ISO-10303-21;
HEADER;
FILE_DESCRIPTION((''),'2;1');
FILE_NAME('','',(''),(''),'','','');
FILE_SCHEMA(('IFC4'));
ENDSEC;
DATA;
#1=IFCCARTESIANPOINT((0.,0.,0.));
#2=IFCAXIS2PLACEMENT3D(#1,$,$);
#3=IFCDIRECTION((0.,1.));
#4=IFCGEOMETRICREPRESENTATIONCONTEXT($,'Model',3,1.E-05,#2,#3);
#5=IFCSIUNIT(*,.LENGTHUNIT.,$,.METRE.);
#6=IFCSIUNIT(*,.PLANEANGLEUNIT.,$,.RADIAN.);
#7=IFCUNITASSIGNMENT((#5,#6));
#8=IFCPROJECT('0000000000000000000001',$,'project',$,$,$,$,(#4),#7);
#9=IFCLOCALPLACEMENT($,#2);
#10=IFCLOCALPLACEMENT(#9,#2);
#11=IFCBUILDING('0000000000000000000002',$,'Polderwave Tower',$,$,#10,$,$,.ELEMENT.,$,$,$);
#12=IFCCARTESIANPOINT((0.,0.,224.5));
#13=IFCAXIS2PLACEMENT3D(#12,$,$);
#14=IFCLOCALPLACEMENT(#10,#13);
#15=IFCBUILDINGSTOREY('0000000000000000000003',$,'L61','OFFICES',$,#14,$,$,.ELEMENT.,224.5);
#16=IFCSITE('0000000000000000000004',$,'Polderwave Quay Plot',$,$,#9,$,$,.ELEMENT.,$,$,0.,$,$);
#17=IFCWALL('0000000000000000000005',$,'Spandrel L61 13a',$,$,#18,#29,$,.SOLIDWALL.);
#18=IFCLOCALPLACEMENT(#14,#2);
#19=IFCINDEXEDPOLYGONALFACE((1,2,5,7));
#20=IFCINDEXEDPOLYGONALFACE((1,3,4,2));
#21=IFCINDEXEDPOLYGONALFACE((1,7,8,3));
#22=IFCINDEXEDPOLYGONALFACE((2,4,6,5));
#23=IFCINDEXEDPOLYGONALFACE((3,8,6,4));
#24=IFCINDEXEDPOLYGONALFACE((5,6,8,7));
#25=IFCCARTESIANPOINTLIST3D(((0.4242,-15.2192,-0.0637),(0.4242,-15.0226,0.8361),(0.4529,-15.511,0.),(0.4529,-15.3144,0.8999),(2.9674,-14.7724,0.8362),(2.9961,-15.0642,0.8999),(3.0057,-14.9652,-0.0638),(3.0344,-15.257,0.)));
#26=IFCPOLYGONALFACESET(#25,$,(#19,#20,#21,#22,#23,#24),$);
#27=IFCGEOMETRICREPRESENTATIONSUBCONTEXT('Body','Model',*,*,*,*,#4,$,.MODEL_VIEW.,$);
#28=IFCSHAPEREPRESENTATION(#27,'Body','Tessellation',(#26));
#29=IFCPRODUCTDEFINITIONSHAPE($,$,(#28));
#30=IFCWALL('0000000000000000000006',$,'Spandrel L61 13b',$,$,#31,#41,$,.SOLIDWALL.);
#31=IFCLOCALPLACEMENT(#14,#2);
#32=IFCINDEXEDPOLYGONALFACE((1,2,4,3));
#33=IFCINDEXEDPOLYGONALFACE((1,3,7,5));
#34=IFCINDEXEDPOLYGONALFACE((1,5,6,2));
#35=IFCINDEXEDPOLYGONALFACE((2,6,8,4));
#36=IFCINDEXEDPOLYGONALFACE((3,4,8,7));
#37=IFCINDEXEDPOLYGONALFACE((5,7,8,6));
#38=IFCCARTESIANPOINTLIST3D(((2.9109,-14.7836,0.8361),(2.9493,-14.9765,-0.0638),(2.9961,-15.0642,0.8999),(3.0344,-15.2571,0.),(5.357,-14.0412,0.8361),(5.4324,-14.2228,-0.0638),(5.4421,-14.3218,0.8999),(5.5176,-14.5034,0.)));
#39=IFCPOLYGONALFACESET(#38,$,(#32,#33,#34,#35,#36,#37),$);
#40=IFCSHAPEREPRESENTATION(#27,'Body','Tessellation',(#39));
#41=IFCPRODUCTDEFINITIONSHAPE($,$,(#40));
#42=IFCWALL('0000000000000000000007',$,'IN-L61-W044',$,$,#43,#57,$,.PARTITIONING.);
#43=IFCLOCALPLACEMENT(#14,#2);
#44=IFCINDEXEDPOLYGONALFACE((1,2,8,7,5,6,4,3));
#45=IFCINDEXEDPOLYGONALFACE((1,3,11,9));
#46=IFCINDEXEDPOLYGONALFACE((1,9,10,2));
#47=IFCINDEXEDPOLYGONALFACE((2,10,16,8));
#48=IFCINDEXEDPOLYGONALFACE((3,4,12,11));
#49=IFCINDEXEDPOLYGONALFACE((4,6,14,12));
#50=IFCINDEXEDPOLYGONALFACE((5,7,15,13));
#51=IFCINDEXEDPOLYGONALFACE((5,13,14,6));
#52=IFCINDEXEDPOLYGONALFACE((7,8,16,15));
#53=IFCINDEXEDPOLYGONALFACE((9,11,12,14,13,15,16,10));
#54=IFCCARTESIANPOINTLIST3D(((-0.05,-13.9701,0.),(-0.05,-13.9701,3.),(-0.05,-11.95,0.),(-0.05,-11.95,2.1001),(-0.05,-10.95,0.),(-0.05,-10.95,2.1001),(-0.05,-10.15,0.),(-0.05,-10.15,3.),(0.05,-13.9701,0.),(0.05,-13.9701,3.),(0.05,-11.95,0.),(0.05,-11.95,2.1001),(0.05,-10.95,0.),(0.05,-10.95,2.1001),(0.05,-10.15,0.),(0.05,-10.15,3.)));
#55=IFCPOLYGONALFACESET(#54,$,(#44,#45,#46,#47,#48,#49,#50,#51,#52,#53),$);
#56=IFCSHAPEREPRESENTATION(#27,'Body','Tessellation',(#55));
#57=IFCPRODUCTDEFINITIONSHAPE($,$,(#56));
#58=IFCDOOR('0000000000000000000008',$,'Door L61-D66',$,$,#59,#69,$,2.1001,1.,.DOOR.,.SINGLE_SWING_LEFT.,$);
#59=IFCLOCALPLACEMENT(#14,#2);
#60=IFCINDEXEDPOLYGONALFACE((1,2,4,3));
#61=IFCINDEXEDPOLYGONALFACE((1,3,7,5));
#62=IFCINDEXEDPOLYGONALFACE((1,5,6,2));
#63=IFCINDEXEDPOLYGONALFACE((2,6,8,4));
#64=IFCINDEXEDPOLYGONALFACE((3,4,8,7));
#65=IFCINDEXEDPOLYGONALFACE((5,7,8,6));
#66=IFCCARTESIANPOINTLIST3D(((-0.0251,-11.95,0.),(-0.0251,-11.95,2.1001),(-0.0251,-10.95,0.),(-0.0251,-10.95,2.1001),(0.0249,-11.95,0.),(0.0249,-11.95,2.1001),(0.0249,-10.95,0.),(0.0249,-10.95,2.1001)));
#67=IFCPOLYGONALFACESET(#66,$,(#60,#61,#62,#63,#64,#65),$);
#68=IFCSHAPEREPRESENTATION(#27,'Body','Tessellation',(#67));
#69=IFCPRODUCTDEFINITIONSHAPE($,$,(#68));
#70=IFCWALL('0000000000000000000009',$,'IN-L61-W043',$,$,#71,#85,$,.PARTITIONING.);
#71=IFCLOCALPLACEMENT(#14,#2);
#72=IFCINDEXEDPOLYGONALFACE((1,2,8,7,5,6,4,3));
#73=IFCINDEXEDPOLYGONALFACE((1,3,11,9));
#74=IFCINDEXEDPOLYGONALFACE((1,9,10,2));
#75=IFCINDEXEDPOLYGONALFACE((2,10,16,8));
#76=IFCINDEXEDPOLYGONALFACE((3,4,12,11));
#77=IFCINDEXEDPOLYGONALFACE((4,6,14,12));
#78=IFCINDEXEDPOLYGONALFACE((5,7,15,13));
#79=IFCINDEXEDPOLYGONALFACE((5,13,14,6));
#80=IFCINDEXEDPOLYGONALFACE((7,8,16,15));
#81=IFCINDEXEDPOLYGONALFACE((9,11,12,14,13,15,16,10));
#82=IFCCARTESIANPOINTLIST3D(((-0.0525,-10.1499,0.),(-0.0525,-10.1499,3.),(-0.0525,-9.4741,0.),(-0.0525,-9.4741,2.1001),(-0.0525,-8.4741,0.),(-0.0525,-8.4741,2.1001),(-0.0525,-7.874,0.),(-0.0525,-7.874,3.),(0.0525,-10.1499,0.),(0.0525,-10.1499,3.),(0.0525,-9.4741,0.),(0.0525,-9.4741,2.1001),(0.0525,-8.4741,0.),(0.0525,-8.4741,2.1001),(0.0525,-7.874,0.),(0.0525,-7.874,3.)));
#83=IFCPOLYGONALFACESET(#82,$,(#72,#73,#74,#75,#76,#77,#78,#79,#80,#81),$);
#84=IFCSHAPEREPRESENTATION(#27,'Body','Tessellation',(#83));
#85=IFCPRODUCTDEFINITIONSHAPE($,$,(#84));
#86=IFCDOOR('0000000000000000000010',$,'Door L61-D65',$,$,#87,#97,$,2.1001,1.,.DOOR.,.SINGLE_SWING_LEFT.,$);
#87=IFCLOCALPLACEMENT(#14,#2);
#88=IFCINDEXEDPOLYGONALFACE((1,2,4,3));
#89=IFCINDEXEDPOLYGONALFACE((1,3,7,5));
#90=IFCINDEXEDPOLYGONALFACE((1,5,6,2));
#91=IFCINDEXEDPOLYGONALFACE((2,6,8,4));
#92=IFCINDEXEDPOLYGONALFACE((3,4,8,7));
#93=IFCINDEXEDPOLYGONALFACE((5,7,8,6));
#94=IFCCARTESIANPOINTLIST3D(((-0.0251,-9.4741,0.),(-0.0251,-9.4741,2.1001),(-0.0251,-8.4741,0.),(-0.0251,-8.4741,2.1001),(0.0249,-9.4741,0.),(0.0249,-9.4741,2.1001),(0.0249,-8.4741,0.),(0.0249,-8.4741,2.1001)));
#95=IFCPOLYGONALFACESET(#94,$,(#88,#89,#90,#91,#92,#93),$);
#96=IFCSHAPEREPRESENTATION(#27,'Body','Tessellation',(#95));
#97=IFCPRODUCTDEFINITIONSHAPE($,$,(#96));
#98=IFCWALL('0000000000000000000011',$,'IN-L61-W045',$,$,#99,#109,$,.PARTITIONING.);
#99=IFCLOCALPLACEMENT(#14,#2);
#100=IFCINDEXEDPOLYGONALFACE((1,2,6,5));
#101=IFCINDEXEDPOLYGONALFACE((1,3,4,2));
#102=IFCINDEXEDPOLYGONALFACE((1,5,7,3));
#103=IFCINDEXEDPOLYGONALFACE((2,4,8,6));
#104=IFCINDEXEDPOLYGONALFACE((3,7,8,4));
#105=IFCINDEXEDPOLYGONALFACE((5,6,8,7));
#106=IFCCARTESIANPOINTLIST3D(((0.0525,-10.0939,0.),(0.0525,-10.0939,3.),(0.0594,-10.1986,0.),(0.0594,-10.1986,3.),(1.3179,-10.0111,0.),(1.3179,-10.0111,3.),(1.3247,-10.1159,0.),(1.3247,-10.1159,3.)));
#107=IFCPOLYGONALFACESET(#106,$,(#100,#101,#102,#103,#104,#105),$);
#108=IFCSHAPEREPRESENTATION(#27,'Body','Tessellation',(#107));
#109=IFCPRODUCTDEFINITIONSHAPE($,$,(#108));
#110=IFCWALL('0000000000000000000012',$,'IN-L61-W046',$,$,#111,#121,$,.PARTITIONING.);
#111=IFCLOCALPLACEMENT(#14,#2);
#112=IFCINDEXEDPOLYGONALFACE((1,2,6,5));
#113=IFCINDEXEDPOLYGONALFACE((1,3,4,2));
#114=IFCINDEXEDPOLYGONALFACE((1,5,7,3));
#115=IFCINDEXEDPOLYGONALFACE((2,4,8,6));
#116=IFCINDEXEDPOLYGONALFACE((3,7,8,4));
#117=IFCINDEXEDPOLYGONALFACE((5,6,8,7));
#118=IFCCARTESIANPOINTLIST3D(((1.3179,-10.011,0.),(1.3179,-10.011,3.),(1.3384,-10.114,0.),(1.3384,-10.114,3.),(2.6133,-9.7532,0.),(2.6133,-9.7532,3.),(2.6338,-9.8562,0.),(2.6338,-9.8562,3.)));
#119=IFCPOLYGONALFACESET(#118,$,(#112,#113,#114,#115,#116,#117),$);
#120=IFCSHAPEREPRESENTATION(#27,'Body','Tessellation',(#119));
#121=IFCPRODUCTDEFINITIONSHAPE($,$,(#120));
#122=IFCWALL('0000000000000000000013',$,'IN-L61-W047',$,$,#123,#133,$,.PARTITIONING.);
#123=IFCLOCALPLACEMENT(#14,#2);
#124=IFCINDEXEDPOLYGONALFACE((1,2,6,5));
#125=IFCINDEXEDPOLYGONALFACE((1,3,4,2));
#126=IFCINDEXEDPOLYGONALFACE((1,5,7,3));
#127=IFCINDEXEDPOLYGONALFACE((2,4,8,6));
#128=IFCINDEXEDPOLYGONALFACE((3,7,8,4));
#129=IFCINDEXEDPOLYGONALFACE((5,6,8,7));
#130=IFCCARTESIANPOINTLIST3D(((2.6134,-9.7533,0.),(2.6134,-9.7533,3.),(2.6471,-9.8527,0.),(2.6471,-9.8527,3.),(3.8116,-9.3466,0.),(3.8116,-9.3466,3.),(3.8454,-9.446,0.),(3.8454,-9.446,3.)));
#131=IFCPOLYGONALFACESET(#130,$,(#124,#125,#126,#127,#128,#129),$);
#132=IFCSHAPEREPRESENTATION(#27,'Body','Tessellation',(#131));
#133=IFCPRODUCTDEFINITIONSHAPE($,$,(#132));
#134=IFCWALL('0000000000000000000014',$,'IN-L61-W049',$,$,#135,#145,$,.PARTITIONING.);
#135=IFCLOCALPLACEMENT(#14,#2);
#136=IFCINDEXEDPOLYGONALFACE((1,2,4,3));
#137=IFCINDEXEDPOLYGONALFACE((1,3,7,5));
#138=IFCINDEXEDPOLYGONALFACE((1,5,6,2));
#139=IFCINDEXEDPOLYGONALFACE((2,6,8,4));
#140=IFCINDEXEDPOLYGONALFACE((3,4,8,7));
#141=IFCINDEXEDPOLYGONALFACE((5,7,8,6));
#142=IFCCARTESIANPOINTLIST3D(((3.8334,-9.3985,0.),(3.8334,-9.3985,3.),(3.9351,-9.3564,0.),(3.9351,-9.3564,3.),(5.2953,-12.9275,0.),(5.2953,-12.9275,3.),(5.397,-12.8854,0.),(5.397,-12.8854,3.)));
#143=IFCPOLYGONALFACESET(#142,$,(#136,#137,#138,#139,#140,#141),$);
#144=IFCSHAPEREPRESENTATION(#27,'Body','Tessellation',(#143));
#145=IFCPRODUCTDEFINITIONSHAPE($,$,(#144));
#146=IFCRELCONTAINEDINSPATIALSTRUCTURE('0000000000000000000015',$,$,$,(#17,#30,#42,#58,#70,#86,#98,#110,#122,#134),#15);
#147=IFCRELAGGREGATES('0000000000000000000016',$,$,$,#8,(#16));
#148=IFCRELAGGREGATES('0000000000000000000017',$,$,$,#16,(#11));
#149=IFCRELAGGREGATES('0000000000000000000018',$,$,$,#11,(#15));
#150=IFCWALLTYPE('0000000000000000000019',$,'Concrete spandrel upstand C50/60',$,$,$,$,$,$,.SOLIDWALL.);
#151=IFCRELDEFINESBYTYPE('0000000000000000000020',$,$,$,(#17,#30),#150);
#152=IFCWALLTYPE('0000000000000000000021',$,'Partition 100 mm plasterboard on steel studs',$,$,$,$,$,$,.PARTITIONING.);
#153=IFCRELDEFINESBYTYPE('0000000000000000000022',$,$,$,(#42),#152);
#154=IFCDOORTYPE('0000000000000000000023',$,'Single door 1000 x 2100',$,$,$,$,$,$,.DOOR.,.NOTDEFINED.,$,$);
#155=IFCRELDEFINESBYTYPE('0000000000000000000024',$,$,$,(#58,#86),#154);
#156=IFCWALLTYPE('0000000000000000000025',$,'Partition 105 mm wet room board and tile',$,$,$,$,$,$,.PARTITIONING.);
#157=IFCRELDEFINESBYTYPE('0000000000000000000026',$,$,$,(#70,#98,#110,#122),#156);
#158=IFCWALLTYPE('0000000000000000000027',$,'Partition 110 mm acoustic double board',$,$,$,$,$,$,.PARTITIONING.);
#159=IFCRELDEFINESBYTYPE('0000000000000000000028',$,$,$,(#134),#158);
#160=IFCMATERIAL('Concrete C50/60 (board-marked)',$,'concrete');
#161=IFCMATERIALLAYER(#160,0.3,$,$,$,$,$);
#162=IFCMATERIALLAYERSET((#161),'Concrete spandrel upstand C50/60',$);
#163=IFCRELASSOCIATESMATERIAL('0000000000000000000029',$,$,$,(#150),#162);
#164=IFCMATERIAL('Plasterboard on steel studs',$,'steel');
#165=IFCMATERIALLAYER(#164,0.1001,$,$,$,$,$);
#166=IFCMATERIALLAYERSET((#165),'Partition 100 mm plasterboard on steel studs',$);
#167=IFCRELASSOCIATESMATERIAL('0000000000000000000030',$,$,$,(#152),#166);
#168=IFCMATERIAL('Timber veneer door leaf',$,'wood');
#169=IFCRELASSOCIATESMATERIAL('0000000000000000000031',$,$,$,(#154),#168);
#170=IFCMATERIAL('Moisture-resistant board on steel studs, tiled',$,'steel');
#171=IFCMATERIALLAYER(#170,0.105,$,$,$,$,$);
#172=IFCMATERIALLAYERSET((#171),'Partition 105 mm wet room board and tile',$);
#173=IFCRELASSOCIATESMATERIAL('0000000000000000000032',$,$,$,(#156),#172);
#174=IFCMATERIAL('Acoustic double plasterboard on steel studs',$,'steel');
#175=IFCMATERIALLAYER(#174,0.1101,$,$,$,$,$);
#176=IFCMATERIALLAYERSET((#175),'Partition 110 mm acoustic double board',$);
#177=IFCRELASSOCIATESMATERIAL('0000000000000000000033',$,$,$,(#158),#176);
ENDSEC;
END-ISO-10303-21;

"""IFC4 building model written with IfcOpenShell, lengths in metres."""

from ifc_helpers import new_model, si_unit, direction, frame, frame_2d, origin, place, context, subcontext, project, spatial, polyline, rectangle, outline, extrude, material, layer, layer_set, type_object, element, fill, save


model = new_model("IFC4")

# Units and contexts
model_context = context("Model", 3, precision=1e-05, world=origin(), true_north=direction((0.0, 1.0)))
body_context = subcontext(model_context, "Body", "Model", "MODEL_VIEW")
ifc_project = project(units=[si_unit("LENGTHUNIT", "METRE"), si_unit("PLANEANGLEUNIT", "RADIAN")], contexts=[model_context])

# Site, building, storey
site_placement = place(None, origin())
site = spatial("IfcSite", under=ifc_project, at=site_placement, Name="Polderwave Quay Plot", CompositionType="ELEMENT", RefElevation=0.0)
building_placement = place(site_placement, origin())
building = spatial("IfcBuilding", under=site, at=building_placement, Name="Polderwave Tower", CompositionType="ELEMENT")
storey_placement = place(building_placement, frame((0.0, 0.0, 224.5)))
storey = spatial("IfcBuildingStorey", under=building, at=storey_placement, Name="L61", Description="OFFICES", CompositionType="ELEMENT", Elevation=224.5)

# Walls
ifc_material_1 = material(Name="Concrete C50/60 (board-marked)", Category="concrete")
ifc_layer_1 = layer(ifc_material_1, 0.3)
ifc_layer_set_1 = layer_set([ifc_layer_1], Name="Concrete spandrel upstand C50/60")
wall_type_1 = type_object("IfcWallType", Name="Concrete spandrel upstand C50/60", PredefinedType="SOLIDWALL", material=ifc_layer_set_1)
wall_1_placement = place(storey_placement, frame((0.4529, -15.511, 0.0), z_axis=(0.095668, -0.972479, 0.212442), x_axis=(0.995196, 0.097902, -0.000004)))
element("IfcWall", 1, at=wall_1_placement, inside=storey, type_object=wall_type_1, Name="Spandrel L61 13a", PredefinedType="SOLIDWALL", context=body_context, shape_type="SweptSolid", body=[
    extrude(outline(polyline([(0.0, 0.0), (2.594, 0.0), (2.5747, 0.9209), (0.0192, 0.9209), (0.0, 0.0)])), origin(), (0.0, 0.0, -1.0), 0.3),
])
wall_2_placement = place(storey_placement, frame((3.0344, -15.2571, 0.0), z_axis=(0.2838, -0.935039, 0.212507), x_axis=(0.956895, 0.290433, -0.000001)))
element("IfcWall", 2, at=wall_2_placement, inside=storey, type_object=wall_type_1, Name="Spandrel L61 13b", PredefinedType="SOLIDWALL", context=body_context, shape_type="SweptSolid", body=[
    extrude(outline(polyline([(0.0, 0.0), (2.595, 0.0), (2.5756, 0.9209), (0.0193, 0.9209), (0.0, 0.0)])), origin(), (0.0, 0.0, -1.0), 0.3),
])

# Walls, openings, doors
ifc_material_2 = material(Name="Plasterboard on steel studs", Category="steel")
ifc_layer_2 = layer(ifc_material_2, 0.1001)
ifc_layer_set_2 = layer_set([ifc_layer_2], Name="Partition 100 mm plasterboard on steel studs")
wall_type_2 = type_object("IfcWallType", Name="Partition 100 mm plasterboard on steel studs", PredefinedType="PARTITIONING", material=ifc_layer_set_2)
wall_3_placement = place(storey_placement, frame((0.0, -10.1499, 0.0), z_axis=(0.0, 0.0, 1.0), x_axis=(0.0, -1.0, 0.0)))
wall_3 = element("IfcWall", 3, at=wall_3_placement, inside=storey, type_object=wall_type_2, Name="IN-L61-W044", PredefinedType="PARTITIONING", context=body_context, shape_type="SweptSolid", body=[
    extrude(rectangle(XDim=3.8201, YDim=0.1001, at=frame_2d((1.9102, 0.0))), origin(), (0.0, 0.0, 1.0), 3.0),
])
opening_1_placement = place(wall_3_placement, frame((0.8, 0.0, 0.0)))
opening_1 = element("IfcOpeningElement", 4, at=opening_1_placement, cuts=wall_3, PredefinedType="OPENING", context=body_context, shape_type="SweptSolid", body=[
    extrude(rectangle(XDim=1.0, YDim=2.1001, at=frame_2d((0.5, 1.05))), frame((0.0, 0.0601, 0.0), z_axis=(0.0, -1.0, 0.0), x_axis=(1.0, 0.0, 0.0)), (0.0, 0.0, 1.0), 0.1201),
])
ifc_material_3 = material(Name="Timber veneer door leaf", Category="wood")
door_type = type_object("IfcDoorType", Name="Single door 1000 x 2100", OperationType="NOTDEFINED", PredefinedType="DOOR", material=ifc_material_3)
door_1_placement = place(opening_1_placement, origin())
door_1 = element("IfcDoor", 5, at=door_1_placement, inside=storey, type_object=door_type, Name="Door L61-D66", OperationType="SINGLE_SWING_LEFT", OverallHeight=2.1001, OverallWidth=1.0, PredefinedType="DOOR", context=body_context, shape_type="SweptSolid", body=[
    extrude(rectangle(XDim=1.0, YDim=2.1001, at=frame_2d((0.5, 1.05))), frame((0.0, 0.0249, 0.0), z_axis=(0.0, -1.0, 0.0), x_axis=(1.0, 0.0, 0.0)), (0.0, 0.0, 1.0), 0.05),
])
fill(opening_1, door_1)
ifc_material_4 = material(Name="Moisture-resistant board on steel studs, tiled", Category="steel")
ifc_layer_3 = layer(ifc_material_4, 0.105)
ifc_layer_set_3 = layer_set([ifc_layer_3], Name="Partition 105 mm wet room board and tile")
wall_type_3 = type_object("IfcWallType", Name="Partition 105 mm wet room board and tile", PredefinedType="PARTITIONING", material=ifc_layer_set_3)
wall_4_placement = place(storey_placement, frame((0.0, -7.874, 0.0), z_axis=(0.0, 0.0, 1.0), x_axis=(0.0, -1.0, 0.0)))
wall_4 = element("IfcWall", 6, at=wall_4_placement, inside=storey, type_object=wall_type_3, Name="IN-L61-W043", PredefinedType="PARTITIONING", context=body_context, shape_type="SweptSolid", body=[
    extrude(rectangle(XDim=2.2759, YDim=0.105, at=frame_2d((1.1379, 0.0))), origin(), (0.0, 0.0, 1.0), 3.0),
])
opening_2_placement = place(wall_4_placement, frame((0.6001, 0.0, 0.0)))
opening_2 = element("IfcOpeningElement", 7, at=opening_2_placement, cuts=wall_4, PredefinedType="OPENING", context=body_context, shape_type="SweptSolid", body=[
    extrude(rectangle(XDim=1.0, YDim=2.1001, at=frame_2d((0.5, 1.05))), frame((0.0, 0.0625, 0.0), z_axis=(0.0, -1.0, 0.0), x_axis=(1.0, 0.0, 0.0)), (0.0, 0.0, 1.0), 0.125),
])
door_2_placement = place(opening_2_placement, origin())
door_2 = element("IfcDoor", 8, at=door_2_placement, inside=storey, type_object=door_type, Name="Door L61-D65", OperationType="SINGLE_SWING_LEFT", OverallHeight=2.1001, OverallWidth=1.0, PredefinedType="DOOR", context=body_context, shape_type="SweptSolid", body=[
    extrude(rectangle(XDim=1.0, YDim=2.1001, at=frame_2d((0.5, 1.05))), frame((0.0, 0.0249, 0.0), z_axis=(0.0, -1.0, 0.0), x_axis=(1.0, 0.0, 0.0)), (0.0, 0.0, 1.0), 0.05),
])
fill(opening_2, door_2)

# Walls
wall_5_placement = place(storey_placement, frame((1.3213, -10.0635, 0.0), z_axis=(0.0, 0.0, 1.0), x_axis=(-0.997868, -0.065267, 0.0)))
element("IfcWall", 9, at=wall_5_placement, inside=storey, type_object=wall_type_3, Name="IN-L61-W045", PredefinedType="PARTITIONING", context=body_context, shape_type="SweptSolid", body=[
    extrude(rectangle(XDim=1.2681, YDim=0.105, at=frame_2d((0.634, 0.0))), origin(), (0.0, 0.0, 1.0), 3.0),
])
wall_6_placement = place(storey_placement, frame((2.6235, -9.8047, 0.0), z_axis=(0.0, 0.0, 1.0), x_axis=(-0.980765, -0.195192, 0.0)))
element("IfcWall", 10, at=wall_6_placement, inside=storey, type_object=wall_type_3, Name="IN-L61-W046", PredefinedType="PARTITIONING", context=body_context, shape_type="SweptSolid", body=[
    extrude(rectangle(XDim=1.3208, YDim=0.105, at=frame_2d((0.6604, 0.0))), origin(), (0.0, 0.0, 1.0), 3.0),
])
wall_7_placement = place(storey_placement, frame((3.8286, -9.3962, 0.0), z_axis=(0.0, 0.0, 1.0), x_axis=(-0.946933, -0.321432, 0.0)))
element("IfcWall", 11, at=wall_7_placement, inside=storey, type_object=wall_type_3, Name="IN-L61-W047", PredefinedType="PARTITIONING", context=body_context, shape_type="SweptSolid", body=[
    extrude(rectangle(XDim=1.2654, YDim=0.105, at=frame_2d((0.6328, 0.0))), origin(), (0.0, 0.0, 1.0), 3.0),
])
ifc_material_5 = material(Name="Acoustic double plasterboard on steel studs", Category="steel")
ifc_layer_4 = layer(ifc_material_5, 0.1101)
ifc_layer_set_4 = layer_set([ifc_layer_4], Name="Partition 110 mm acoustic double board")
wall_type_4 = type_object("IfcWallType", Name="Partition 110 mm acoustic double board", PredefinedType="PARTITIONING", material=ifc_layer_set_4)
wall_8_placement = place(storey_placement, frame((3.8843, -9.3774, 0.0), z_axis=(0.0, 0.0, 1.0), x_axis=(0.382713, -0.923867, 0.0)))
element("IfcWall", 12, at=wall_8_placement, inside=storey, type_object=wall_type_4, Name="IN-L61-W049", PredefinedType="PARTITIONING", context=body_context, shape_type="SweptSolid", body=[
    extrude(rectangle(XDim=3.8198, YDim=0.1101, at=frame_2d((1.9099, 0.0))), origin(), (0.0, 0.0, 1.0), 3.0),
])

save(model, "model.ifc")
